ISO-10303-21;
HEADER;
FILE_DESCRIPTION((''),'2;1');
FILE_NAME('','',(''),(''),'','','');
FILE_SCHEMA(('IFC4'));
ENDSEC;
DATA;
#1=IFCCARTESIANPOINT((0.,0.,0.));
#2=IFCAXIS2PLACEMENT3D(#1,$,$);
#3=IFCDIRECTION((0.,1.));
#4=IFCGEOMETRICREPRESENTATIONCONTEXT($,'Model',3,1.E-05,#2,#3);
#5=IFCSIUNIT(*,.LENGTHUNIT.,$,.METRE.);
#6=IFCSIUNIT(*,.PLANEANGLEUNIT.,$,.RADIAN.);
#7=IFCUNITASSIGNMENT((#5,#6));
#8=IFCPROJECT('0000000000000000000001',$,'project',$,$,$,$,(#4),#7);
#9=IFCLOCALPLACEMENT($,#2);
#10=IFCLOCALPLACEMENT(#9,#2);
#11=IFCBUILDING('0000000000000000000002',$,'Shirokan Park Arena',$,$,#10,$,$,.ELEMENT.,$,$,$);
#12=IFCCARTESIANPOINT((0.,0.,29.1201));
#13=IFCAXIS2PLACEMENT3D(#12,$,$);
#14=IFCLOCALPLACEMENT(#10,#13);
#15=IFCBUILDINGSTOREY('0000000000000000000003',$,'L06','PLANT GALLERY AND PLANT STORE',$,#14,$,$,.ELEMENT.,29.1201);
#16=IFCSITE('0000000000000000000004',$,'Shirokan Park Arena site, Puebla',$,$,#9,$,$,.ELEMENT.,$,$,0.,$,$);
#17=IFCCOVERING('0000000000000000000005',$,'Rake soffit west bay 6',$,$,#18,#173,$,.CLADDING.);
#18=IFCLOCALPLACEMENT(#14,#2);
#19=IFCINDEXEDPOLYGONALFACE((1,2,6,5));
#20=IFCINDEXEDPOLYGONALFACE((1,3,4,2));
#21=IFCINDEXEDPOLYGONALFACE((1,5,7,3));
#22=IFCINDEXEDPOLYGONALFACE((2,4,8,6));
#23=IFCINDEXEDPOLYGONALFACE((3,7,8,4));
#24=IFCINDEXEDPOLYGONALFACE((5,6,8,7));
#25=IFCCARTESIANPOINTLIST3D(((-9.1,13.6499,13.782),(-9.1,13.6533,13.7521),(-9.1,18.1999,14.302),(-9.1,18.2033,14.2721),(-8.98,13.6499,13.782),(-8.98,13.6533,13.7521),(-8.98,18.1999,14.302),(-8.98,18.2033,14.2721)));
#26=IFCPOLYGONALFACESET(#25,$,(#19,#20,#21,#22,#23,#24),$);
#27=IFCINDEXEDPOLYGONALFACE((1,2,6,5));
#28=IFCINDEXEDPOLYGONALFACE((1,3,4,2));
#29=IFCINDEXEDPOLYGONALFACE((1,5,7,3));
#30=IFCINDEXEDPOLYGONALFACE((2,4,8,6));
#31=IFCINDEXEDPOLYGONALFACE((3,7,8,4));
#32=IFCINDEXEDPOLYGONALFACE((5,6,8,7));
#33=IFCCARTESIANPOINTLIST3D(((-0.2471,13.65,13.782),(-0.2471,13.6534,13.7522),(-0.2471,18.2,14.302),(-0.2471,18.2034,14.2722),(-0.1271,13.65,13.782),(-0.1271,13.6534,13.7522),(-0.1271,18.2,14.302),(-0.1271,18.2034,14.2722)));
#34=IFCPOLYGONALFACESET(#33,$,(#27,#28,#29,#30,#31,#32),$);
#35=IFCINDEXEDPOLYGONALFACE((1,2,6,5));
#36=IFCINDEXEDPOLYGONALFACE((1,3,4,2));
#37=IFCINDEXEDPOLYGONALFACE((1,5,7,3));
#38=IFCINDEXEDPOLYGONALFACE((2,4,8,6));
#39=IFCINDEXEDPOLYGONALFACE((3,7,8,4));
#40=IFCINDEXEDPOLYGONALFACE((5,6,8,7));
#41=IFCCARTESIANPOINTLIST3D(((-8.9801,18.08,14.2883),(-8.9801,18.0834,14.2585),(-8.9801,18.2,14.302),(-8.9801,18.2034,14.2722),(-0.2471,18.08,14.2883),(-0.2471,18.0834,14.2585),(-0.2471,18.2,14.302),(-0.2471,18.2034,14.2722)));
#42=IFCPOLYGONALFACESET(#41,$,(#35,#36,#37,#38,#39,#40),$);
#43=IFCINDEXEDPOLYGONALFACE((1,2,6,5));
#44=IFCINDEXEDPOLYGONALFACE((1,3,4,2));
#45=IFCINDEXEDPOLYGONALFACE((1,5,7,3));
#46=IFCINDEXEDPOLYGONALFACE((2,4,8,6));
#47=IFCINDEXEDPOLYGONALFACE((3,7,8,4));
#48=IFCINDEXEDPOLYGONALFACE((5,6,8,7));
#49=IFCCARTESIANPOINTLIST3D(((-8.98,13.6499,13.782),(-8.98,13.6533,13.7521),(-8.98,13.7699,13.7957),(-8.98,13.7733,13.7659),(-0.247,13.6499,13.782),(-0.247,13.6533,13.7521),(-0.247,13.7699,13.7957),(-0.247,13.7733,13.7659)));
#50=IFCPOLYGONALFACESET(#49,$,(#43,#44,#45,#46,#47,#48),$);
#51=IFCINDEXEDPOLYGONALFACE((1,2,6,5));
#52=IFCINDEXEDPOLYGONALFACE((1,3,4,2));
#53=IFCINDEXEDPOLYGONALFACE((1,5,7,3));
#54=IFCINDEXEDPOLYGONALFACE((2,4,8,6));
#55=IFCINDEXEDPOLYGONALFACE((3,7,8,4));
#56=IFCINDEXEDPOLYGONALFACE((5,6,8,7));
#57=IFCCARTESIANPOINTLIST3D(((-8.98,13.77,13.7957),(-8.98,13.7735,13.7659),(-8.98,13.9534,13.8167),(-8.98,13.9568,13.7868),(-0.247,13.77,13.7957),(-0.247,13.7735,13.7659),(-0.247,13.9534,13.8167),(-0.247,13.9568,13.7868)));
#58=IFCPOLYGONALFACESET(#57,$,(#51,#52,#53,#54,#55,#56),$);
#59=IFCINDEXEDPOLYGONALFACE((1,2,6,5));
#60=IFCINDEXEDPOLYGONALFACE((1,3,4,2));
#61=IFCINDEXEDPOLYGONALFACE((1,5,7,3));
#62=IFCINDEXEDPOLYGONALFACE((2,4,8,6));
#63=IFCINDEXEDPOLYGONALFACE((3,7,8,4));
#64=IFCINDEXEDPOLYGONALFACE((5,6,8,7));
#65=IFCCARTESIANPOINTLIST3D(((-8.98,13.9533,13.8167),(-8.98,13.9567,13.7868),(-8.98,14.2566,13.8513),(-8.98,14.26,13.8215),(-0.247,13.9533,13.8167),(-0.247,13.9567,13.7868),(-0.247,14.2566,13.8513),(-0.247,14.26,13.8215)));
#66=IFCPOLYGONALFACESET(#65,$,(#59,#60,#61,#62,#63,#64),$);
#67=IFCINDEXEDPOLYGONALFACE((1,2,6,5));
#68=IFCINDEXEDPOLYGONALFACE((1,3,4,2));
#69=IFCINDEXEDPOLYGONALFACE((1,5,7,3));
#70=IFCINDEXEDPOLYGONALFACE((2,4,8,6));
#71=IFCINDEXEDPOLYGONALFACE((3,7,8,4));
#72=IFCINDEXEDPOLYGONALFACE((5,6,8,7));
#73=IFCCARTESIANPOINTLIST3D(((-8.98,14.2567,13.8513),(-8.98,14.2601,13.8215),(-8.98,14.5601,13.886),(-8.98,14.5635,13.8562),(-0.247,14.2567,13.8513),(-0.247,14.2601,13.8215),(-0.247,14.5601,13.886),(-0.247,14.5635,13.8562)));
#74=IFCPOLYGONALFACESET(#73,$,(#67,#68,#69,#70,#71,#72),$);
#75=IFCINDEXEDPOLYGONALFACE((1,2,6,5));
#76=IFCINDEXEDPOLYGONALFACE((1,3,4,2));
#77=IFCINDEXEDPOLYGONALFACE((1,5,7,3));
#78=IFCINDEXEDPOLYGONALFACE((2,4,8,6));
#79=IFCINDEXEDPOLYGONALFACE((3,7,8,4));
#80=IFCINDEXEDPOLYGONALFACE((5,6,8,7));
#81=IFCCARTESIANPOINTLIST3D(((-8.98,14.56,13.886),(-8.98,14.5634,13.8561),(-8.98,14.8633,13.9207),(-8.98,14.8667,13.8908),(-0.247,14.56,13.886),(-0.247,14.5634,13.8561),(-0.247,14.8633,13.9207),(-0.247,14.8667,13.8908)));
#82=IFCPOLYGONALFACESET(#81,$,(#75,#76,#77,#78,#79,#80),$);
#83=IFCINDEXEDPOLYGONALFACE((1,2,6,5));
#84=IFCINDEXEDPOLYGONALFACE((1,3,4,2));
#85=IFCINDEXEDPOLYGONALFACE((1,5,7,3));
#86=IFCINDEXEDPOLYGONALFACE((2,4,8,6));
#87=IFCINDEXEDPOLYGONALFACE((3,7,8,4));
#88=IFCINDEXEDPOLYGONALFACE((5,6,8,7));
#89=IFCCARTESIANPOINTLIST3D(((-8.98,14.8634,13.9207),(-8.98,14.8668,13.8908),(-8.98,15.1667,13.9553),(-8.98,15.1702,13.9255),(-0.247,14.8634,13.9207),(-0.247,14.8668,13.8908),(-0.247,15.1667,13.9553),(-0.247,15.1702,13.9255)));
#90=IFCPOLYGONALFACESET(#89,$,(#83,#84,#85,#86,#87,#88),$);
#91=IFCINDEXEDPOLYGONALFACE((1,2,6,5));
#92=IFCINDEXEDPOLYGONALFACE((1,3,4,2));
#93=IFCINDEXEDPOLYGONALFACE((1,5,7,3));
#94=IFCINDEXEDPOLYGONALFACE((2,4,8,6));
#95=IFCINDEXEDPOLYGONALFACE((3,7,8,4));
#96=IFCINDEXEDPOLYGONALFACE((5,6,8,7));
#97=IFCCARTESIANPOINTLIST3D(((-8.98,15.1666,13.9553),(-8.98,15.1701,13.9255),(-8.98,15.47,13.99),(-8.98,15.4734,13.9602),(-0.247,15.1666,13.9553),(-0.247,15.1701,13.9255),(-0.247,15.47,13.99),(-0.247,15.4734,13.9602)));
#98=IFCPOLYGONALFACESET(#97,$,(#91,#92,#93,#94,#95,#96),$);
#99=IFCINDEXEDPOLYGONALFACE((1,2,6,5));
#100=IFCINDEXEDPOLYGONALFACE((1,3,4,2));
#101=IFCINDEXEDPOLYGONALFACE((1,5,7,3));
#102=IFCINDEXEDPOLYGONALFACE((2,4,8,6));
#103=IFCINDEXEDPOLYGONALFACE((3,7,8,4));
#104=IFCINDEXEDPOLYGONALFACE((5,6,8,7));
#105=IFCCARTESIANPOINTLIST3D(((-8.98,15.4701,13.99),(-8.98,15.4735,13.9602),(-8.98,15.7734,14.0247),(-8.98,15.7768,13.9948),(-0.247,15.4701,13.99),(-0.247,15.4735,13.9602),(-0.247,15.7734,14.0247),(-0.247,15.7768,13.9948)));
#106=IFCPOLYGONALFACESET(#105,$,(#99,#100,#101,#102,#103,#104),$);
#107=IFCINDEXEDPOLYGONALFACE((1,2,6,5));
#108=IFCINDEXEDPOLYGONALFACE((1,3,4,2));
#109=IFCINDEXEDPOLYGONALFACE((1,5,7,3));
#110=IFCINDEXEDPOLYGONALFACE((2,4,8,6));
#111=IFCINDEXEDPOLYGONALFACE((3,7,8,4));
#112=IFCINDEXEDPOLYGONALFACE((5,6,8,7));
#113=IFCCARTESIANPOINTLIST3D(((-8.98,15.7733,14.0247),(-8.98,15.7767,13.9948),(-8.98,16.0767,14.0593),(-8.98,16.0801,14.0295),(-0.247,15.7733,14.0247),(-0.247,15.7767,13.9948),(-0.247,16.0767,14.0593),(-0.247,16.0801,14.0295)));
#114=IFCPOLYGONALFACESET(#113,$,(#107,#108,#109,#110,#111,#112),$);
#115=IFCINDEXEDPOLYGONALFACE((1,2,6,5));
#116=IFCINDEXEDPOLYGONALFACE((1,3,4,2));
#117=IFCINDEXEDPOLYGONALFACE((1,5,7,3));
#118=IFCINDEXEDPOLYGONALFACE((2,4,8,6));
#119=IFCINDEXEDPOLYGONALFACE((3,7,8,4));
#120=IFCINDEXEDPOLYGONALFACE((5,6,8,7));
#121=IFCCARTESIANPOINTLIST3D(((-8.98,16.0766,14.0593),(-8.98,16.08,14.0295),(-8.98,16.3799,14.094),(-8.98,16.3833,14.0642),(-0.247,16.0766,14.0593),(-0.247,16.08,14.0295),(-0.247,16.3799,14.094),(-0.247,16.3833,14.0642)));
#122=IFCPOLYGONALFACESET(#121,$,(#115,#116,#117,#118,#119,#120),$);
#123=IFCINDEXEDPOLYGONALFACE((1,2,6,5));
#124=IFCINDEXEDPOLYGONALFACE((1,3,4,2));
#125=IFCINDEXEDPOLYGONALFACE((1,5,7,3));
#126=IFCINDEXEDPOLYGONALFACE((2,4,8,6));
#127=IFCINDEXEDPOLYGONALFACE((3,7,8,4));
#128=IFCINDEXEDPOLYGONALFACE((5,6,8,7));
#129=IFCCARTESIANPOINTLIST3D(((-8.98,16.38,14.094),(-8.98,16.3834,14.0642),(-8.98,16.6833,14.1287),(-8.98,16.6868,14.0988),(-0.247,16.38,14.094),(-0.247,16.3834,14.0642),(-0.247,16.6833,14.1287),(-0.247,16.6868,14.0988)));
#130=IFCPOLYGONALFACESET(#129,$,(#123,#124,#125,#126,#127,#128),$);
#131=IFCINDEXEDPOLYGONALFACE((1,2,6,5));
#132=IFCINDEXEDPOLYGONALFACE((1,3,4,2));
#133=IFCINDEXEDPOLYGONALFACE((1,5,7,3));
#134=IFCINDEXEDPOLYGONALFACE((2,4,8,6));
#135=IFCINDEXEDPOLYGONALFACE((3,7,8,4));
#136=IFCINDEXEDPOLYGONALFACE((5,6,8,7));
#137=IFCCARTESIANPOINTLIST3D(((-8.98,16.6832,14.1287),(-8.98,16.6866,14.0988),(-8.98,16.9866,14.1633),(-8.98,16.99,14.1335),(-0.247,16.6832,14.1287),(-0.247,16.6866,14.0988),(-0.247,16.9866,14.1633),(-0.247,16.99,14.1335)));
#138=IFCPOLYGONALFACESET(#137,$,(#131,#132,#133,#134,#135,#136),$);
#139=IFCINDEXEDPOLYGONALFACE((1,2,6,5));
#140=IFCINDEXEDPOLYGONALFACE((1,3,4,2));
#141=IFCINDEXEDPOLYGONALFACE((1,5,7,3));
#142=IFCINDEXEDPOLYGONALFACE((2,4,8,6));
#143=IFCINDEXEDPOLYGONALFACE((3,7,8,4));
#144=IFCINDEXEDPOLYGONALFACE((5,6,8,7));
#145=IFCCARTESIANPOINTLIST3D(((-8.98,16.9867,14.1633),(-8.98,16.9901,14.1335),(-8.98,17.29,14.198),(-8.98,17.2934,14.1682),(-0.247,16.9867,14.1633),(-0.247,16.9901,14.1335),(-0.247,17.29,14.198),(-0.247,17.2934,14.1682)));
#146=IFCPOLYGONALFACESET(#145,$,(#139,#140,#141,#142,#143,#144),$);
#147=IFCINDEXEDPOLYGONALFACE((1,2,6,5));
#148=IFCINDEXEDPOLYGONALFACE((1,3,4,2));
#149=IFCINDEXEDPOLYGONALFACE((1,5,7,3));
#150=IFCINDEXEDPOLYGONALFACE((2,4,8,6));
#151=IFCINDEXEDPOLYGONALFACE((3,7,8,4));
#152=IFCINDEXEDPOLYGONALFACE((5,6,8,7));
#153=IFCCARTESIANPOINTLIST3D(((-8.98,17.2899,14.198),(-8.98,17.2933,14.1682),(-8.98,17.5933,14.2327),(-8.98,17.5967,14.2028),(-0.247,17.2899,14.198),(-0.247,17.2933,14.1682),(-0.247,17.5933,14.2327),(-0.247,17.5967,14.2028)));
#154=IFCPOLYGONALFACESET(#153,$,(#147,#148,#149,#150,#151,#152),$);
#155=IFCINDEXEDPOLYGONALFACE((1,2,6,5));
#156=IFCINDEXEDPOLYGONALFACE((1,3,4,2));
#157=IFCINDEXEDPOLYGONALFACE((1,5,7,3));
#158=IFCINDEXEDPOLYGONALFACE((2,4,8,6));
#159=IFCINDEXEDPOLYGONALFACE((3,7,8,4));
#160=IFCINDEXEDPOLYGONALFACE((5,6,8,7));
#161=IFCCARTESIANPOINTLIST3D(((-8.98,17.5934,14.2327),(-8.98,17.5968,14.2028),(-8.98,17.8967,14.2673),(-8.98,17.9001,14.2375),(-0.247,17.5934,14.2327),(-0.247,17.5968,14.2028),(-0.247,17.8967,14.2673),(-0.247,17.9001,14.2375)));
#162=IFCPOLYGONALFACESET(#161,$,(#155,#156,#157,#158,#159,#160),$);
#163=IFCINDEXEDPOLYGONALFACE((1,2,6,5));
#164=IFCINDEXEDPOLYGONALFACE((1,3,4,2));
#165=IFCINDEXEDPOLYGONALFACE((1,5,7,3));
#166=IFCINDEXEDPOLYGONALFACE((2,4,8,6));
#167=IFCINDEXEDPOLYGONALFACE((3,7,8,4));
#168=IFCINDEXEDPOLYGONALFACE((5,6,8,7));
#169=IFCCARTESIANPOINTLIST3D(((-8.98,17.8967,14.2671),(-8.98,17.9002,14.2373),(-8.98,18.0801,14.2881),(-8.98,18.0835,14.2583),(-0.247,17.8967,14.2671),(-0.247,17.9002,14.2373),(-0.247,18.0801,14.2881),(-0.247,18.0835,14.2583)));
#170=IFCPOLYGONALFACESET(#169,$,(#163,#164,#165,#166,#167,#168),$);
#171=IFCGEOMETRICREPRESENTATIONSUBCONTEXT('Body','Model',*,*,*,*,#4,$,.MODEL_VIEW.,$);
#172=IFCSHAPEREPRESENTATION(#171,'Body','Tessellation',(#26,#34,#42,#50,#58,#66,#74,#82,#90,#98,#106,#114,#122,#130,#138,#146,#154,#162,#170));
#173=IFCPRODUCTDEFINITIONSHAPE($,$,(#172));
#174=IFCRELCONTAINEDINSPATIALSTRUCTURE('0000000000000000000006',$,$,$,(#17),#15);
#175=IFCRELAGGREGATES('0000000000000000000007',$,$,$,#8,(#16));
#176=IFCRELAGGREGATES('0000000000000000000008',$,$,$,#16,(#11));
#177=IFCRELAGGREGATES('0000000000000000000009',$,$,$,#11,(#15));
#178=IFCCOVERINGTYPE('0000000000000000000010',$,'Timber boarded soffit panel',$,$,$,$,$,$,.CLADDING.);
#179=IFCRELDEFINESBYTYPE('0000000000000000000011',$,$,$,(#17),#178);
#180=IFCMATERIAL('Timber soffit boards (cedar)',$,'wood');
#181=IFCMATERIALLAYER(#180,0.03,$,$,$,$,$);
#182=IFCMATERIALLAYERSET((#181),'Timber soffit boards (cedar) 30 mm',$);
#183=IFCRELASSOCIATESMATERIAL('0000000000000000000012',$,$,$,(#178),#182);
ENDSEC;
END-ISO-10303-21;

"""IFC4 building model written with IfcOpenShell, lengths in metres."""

from ifc_helpers import new_model, si_unit, direction, frame, origin, place, context, subcontext, project, spatial, polyline, outline, extrude, material, layer, layer_set, type_object, element, save


model = new_model("IFC4")

# Units and contexts
model_context = context("Model", 3, precision=1e-05, world=origin(), true_north=direction((0.0, 1.0)))
body_context = subcontext(model_context, "Body", "Model", "MODEL_VIEW")
ifc_project = project(units=[si_unit("LENGTHUNIT", "METRE"), si_unit("PLANEANGLEUNIT", "RADIAN")], contexts=[model_context])

# Site, building, storey
site_placement = place(None, origin())
site = spatial("IfcSite", under=ifc_project, at=site_placement, Name="Shirokan Park Arena site, Puebla", CompositionType="ELEMENT", RefElevation=0.0)
building_placement = place(site_placement, origin())
building = spatial("IfcBuilding", under=site, at=building_placement, Name="Shirokan Park Arena", CompositionType="ELEMENT")
storey_placement = place(building_placement, frame((0.0, 0.0, 29.1201)))
storey = spatial("IfcBuildingStorey", under=building, at=storey_placement, Name="L06", Description="PLANT GALLERY AND PLANT STORE", CompositionType="ELEMENT", Elevation=29.1201)

# Covering
ifc_material = material(Name="Timber soffit boards (cedar)", Category="wood")
ifc_layer = layer(ifc_material, 0.03)
ifc_layer_set = layer_set([ifc_layer], Name="Timber soffit boards (cedar) 30 mm")
covering_type = type_object("IfcCoveringType", Name="Timber boarded soffit panel", PredefinedType="CLADDING", material=ifc_layer_set)
covering_1_placement = place(storey_placement, origin())
element("IfcCovering", 1, at=covering_1_placement, inside=storey, type_object=covering_type, Name="Rake soffit west bay 6", PredefinedType="CLADDING", context=body_context, shape_type="SweptSolid", body=[
    extrude(outline(polyline([(0.0, 0.0), (0.12, 0.0), (0.12, -4.5796), (0.0, -4.5796), (0.0, 0.0)])), frame((-8.98, 13.6499, 13.782), z_axis=(0.0, -0.113547, 0.993533), x_axis=(-1.0, 0.0, 0.0)), (0.0, 0.0, -1.0), 0.03),
    extrude(outline(polyline([(0.0, 0.0), (0.12, 0.0), (0.12, -4.5796), (0.0, -4.5796), (0.0, 0.0)])), frame((-0.2471, 18.2, 14.302), z_axis=(0.0, -0.113547, 0.993533), x_axis=(1.0, 0.0, 0.0)), (0.0, 0.0, -1.0), 0.03),
    extrude(outline(polyline([(0.0, 0.0), (0.1208, 0.0), (0.1208, -8.733), (0.0, -8.733), (0.0, 0.0)])), frame((-0.2471, 18.2, 14.302), z_axis=(0.0, -0.113512, 0.993537), x_axis=(0.0, -0.993537, -0.113512)), (0.0, 0.0, -1.0), 0.03),
    extrude(outline(polyline([(0.0, 0.0), (0.1208, 0.0), (0.1208, -8.733), (0.0, -8.733), (0.0, 0.0)])), frame((-8.98, 13.6499, 13.782), z_axis=(0.0, -0.113512, 0.993537), x_axis=(0.0, 0.993537, 0.113512)), (0.0, 0.0, -1.0), 0.03),
    extrude(outline(polyline([(0.0, 0.0), (8.733, 0.0), (8.733, -0.1845), (0.0, -0.1845), (0.0, 0.0)])), frame((-8.98, 13.9534, 13.8167), z_axis=(0.0, -0.113589, 0.993528), x_axis=(1.0, 0.0, 0.0)), (0.0, 0.0, -1.0), 0.03),
    extrude(outline(polyline([(0.0, 0.0), (8.733, 0.0), (8.733, -0.3053), (0.0, -0.3053), (0.0, 0.0)])), frame((-8.98, 14.2566, 13.8513), z_axis=(0.0, -0.113523, 0.993535), x_axis=(1.0, 0.0, 0.0)), (0.0, 0.0, -1.0), 0.03),
    extrude(outline(polyline([(0.0, 0.0), (8.733, 0.0), (8.733, -0.3053), (0.0, -0.3053), (0.0, 0.0)])), frame((-8.98, 14.5601, 13.886), z_axis=(0.0, -0.113559, 0.993531), x_axis=(1.0, 0.0, 0.0)), (0.0, 0.0, -1.0), 0.03),
    extrude(outline(polyline([(0.0, 0.0), (8.733, 0.0), (8.733, -0.3053), (0.0, -0.3053), (0.0, 0.0)])), frame((-8.98, 14.8633, 13.9207), z_axis=(0.0, -0.113559, 0.993531), x_axis=(1.0, 0.0, 0.0)), (0.0, 0.0, -1.0), 0.03),
    extrude(outline(polyline([(0.0, 0.0), (8.733, 0.0), (8.733, -0.3053), (0.0, -0.3053), (0.0, 0.0)])), frame((-8.98, 15.1667, 13.9553), z_axis=(0.0, -0.113523, 0.993535), x_axis=(1.0, 0.0, 0.0)), (0.0, 0.0, -1.0), 0.03),
    extrude(outline(polyline([(0.0, 0.0), (8.733, 0.0), (8.733, -0.3053), (0.0, -0.3053), (0.0, 0.0)])), frame((-8.98, 15.47, 13.99), z_axis=(0.0, -0.113559, 0.993531), x_axis=(1.0, 0.0, 0.0)), (0.0, 0.0, -1.0), 0.03),
    extrude(outline(polyline([(0.0, 0.0), (8.733, 0.0), (8.733, -0.3053), (0.0, -0.3053), (0.0, 0.0)])), frame((-8.98, 15.7734, 14.0247), z_axis=(0.0, -0.113559, 0.993531), x_axis=(1.0, 0.0, 0.0)), (0.0, 0.0, -1.0), 0.03),
    extrude(outline(polyline([(0.0, 0.0), (8.733, 0.0), (8.733, -0.3053), (0.0, -0.3053), (0.0, 0.0)])), frame((-8.98, 16.0767, 14.0593), z_axis=(0.0, -0.113523, 0.993535), x_axis=(1.0, 0.0, 0.0)), (0.0, 0.0, -1.0), 0.03),
    extrude(outline(polyline([(0.0, 0.0), (8.733, 0.0), (8.733, -0.3053), (0.0, -0.3053), (0.0, 0.0)])), frame((-8.98, 16.3799, 14.094), z_axis=(0.0, -0.113559, 0.993531), x_axis=(1.0, 0.0, 0.0)), (0.0, 0.0, -1.0), 0.03),
    extrude(outline(polyline([(0.0, 0.0), (8.733, 0.0), (8.733, -0.3053), (0.0, -0.3053), (0.0, 0.0)])), frame((-8.98, 16.6833, 14.1287), z_axis=(0.0, -0.113559, 0.993531), x_axis=(1.0, 0.0, 0.0)), (0.0, 0.0, -1.0), 0.03),
    extrude(outline(polyline([(0.0, 0.0), (8.733, 0.0), (8.733, -0.3053), (0.0, -0.3053), (0.0, 0.0)])), frame((-8.98, 16.9866, 14.1633), z_axis=(0.0, -0.113523, 0.993535), x_axis=(1.0, 0.0, 0.0)), (0.0, 0.0, -1.0), 0.03),
    extrude(outline(polyline([(0.0, 0.0), (8.733, 0.0), (8.733, -0.3053), (0.0, -0.3053), (0.0, 0.0)])), frame((-8.98, 17.29, 14.198), z_axis=(0.0, -0.113559, 0.993531), x_axis=(1.0, 0.0, 0.0)), (0.0, 0.0, -1.0), 0.03),
    extrude(outline(polyline([(0.0, 0.0), (8.733, 0.0), (8.733, -0.3053), (0.0, -0.3053), (0.0, 0.0)])), frame((-8.98, 17.5933, 14.2327), z_axis=(0.0, -0.113559, 0.993531), x_axis=(1.0, 0.0, 0.0)), (0.0, 0.0, -1.0), 0.03),
    extrude(outline(polyline([(0.0, 0.0), (8.733, 0.0), (8.733, -0.3053), (0.0, -0.3053), (0.0, 0.0)])), frame((-8.98, 17.8967, 14.2673), z_axis=(0.0, -0.113523, 0.993535), x_axis=(1.0, 0.0, 0.0)), (0.0, 0.0, -1.0), 0.03),
    extrude(outline(polyline([(0.0, 0.0), (8.733, 0.0), (8.733, -0.1845), (0.0, -0.1845), (0.0, 0.0)])), frame((-8.98, 18.0801, 14.2881), z_axis=(0.0, -0.113589, 0.993528), x_axis=(1.0, 0.0, 0.0)), (0.0, 0.0, -1.0), 0.03),
])

save(model, "model.ifc")
